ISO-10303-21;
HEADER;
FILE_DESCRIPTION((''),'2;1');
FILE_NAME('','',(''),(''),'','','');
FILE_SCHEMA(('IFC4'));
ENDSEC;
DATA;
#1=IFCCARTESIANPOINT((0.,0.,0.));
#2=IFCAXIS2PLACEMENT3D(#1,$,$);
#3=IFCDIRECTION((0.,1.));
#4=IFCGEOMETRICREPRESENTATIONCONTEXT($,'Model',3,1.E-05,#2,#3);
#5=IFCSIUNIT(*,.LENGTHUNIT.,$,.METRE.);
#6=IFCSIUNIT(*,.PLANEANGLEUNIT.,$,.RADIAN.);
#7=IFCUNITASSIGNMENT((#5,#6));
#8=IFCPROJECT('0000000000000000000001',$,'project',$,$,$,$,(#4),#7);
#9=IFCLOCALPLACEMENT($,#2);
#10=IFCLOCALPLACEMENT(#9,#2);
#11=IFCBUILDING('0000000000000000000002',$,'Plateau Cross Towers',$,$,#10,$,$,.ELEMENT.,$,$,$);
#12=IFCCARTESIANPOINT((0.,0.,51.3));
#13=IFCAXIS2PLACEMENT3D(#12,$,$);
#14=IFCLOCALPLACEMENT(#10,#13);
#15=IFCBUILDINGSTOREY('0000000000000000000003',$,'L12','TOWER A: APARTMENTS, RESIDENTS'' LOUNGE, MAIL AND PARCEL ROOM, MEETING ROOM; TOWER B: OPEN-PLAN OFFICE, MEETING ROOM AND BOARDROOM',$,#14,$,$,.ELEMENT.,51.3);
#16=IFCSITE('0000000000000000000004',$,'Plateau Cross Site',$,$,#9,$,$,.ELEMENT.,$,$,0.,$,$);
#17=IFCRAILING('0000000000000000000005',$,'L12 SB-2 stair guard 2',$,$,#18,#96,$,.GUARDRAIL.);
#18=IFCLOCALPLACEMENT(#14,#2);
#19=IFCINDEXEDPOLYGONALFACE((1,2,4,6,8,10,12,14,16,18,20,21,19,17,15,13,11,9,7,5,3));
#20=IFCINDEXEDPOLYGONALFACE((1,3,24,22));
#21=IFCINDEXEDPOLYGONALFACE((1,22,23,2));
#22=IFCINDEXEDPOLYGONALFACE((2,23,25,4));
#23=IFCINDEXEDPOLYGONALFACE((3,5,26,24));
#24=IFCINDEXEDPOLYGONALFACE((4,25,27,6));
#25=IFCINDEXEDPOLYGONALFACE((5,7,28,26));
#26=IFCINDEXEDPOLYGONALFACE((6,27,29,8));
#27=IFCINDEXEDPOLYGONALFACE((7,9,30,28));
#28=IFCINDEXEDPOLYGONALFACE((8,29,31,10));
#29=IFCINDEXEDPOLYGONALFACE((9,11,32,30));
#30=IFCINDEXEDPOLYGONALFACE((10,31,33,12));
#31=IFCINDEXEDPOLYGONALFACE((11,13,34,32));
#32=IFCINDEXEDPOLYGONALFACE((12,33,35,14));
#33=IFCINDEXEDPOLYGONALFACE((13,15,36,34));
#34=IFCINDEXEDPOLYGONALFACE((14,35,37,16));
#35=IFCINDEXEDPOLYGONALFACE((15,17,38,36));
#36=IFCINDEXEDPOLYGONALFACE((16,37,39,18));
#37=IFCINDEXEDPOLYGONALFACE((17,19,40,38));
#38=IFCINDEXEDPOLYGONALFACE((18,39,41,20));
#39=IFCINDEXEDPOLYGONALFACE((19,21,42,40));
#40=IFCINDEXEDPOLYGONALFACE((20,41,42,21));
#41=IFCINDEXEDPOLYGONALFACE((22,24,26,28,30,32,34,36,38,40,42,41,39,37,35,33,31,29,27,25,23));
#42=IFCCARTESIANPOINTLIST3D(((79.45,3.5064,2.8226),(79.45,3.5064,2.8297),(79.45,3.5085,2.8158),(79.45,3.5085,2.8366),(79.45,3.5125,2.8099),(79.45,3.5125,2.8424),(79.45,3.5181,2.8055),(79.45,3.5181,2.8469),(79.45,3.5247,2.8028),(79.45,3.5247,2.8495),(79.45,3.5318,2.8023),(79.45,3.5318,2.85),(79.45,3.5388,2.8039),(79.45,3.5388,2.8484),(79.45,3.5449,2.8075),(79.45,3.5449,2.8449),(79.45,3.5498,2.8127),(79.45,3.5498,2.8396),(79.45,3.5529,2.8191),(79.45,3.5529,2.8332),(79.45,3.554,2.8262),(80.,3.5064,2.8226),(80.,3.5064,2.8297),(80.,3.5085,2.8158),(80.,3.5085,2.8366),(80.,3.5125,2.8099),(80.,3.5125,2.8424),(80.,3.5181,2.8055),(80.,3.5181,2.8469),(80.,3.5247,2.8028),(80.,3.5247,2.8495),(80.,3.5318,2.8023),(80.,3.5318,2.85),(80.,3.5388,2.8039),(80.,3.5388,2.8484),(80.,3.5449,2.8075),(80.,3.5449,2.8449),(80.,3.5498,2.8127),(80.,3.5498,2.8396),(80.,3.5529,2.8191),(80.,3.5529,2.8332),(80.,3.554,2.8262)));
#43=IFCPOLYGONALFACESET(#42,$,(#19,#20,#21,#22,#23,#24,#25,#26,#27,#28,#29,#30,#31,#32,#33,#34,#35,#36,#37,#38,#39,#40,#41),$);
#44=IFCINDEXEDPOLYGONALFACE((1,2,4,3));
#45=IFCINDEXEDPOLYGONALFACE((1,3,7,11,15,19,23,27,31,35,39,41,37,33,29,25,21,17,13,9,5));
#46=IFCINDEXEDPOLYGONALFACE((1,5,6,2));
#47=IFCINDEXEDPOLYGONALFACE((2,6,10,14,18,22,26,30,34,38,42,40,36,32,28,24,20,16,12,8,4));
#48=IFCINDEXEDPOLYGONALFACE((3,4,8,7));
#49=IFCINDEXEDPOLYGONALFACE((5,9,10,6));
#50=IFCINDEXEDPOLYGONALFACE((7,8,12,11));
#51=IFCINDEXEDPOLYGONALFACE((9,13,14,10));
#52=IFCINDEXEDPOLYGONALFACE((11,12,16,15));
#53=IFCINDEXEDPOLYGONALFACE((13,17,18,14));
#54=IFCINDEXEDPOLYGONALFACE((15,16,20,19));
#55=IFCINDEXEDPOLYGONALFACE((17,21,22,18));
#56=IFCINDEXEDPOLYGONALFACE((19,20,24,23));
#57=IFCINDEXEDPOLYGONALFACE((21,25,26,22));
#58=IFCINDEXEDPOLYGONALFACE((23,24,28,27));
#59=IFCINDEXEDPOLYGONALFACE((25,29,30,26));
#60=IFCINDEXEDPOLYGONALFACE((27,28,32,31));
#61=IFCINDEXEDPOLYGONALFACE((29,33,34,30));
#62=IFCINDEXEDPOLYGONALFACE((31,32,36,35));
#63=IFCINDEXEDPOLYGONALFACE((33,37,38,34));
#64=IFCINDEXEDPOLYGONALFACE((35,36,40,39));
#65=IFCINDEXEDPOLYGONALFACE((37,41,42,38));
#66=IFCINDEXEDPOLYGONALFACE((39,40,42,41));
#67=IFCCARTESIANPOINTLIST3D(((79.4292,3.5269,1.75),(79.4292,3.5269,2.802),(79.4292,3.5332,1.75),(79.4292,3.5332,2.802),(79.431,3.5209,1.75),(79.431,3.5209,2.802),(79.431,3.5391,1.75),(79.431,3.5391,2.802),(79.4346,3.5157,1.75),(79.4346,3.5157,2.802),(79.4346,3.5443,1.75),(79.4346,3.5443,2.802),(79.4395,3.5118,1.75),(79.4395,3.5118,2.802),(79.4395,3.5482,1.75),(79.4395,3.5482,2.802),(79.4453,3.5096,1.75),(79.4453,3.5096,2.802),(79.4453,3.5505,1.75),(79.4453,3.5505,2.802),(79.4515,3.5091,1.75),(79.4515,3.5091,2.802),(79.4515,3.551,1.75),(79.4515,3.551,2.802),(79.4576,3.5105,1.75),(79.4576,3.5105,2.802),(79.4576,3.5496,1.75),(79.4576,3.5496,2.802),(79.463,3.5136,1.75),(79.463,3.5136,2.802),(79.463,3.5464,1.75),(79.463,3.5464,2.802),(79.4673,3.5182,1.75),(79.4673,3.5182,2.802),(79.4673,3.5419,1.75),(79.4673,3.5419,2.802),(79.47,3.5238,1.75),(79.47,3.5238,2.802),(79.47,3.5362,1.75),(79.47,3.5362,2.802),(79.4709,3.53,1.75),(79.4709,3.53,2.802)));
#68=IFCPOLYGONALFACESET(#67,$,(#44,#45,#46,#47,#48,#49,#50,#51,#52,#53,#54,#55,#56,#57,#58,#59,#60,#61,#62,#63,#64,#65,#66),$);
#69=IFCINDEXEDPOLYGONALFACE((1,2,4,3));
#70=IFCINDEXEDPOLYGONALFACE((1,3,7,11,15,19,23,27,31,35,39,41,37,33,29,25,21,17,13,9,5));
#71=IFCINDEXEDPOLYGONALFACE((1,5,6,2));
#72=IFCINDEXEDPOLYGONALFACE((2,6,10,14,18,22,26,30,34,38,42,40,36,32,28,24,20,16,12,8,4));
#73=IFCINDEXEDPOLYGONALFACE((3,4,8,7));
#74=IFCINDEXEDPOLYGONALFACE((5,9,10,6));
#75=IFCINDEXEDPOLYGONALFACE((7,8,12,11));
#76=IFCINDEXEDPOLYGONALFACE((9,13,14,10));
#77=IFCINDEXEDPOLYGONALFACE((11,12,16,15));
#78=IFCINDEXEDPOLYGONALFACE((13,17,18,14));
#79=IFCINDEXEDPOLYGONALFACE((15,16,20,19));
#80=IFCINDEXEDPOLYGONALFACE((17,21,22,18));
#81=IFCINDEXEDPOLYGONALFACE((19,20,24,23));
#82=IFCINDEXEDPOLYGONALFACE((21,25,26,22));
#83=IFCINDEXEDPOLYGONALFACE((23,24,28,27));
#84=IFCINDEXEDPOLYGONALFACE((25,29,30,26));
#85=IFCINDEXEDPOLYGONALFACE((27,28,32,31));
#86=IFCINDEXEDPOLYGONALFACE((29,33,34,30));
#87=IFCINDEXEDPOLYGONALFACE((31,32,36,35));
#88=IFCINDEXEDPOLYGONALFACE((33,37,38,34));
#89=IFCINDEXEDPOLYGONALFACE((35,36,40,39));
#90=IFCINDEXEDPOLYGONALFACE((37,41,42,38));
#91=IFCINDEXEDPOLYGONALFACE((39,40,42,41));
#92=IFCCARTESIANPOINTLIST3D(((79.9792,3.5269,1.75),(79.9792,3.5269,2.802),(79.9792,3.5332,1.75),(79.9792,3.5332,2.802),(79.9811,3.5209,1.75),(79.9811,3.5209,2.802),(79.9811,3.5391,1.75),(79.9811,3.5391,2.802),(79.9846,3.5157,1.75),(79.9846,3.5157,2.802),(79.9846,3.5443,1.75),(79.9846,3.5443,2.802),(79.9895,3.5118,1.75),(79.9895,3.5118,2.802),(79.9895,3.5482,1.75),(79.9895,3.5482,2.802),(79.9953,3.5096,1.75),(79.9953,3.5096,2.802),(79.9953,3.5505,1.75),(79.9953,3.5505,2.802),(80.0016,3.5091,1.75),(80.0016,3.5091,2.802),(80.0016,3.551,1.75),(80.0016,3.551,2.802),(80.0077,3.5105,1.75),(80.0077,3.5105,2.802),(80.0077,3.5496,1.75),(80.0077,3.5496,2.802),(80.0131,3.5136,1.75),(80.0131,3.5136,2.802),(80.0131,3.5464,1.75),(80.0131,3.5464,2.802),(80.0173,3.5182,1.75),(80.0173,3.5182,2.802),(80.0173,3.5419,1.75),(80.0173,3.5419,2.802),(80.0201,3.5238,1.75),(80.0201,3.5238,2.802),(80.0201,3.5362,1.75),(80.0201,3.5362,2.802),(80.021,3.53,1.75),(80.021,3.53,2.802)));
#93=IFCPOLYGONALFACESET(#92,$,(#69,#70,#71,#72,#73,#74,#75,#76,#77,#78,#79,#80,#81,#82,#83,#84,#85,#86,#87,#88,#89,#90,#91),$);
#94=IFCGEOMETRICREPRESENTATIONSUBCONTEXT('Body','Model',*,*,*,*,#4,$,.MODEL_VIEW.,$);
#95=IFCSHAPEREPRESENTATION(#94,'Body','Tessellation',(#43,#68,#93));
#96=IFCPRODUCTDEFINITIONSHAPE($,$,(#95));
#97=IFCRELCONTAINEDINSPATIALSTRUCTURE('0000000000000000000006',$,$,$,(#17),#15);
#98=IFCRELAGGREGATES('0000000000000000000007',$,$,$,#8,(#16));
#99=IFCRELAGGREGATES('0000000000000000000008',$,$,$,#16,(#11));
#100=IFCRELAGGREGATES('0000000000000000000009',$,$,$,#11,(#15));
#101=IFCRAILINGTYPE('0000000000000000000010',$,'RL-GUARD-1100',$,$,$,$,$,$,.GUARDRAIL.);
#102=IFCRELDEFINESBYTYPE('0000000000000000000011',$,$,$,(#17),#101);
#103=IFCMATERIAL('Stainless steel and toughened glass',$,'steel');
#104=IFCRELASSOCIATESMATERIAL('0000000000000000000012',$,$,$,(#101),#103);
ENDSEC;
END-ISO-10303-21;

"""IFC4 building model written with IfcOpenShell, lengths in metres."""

from ifc_helpers import new_model, si_unit, direction, frame, origin, origin_2d, place, context, subcontext, project, spatial, circle, extrude, material, type_object, element, save


model = new_model("IFC4")

# Units and contexts
model_context = context("Model", 3, precision=1e-05, world=origin(), true_north=direction((0.0, 1.0)))
body_context = subcontext(model_context, "Body", "Model", "MODEL_VIEW")
ifc_project = project(units=[si_unit("LENGTHUNIT", "METRE"), si_unit("PLANEANGLEUNIT", "RADIAN")], contexts=[model_context])

# Site, building, storey
site_placement = place(None, origin())
site = spatial("IfcSite", under=ifc_project, at=site_placement, Name="Plateau Cross Site", CompositionType="ELEMENT", RefElevation=0.0)
building_placement = place(site_placement, origin())
building = spatial("IfcBuilding", under=site, at=building_placement, Name="Plateau Cross Towers", CompositionType="ELEMENT")
storey_placement = place(building_placement, frame((0.0, 0.0, 51.3)))
storey = spatial("IfcBuildingStorey", under=building, at=storey_placement, Name="L12", Description="TOWER A: APARTMENTS, RESIDENTS' LOUNGE, MAIL AND PARCEL ROOM, MEETING ROOM; TOWER B: OPEN-PLAN OFFICE, MEETING ROOM AND BOARDROOM", CompositionType="ELEMENT", Elevation=51.3)

# Railing
ifc_material_1 = material(Name="Stainless steel and toughened glass", Category="steel")
railing_type_1 = type_object("IfcRailingType", Name="RL-GUARD-1100", PredefinedType="GUARDRAIL", material=ifc_material_1)
railing_1_placement = place(storey_placement, frame((79.45, 3.53, 1.75)))
element("IfcRailing", 1, at=railing_1_placement, inside=storey, type_object=railing_type_1, Name="L12 SB-2 stair guard 2", PredefinedType="GUARDRAIL", context=body_context, shape_type="SweptSolid", body=[
    extrude(circle(Radius=0.0239, at=origin_2d()), frame((0.0, 0.0, 1.0762), z_axis=(1.0, 0.0, 0.0), x_axis=(0.0, 1.0, 0.0)), (0.0, 0.0, 1.0), 0.55),
    extrude(circle(Radius=0.021, at=origin_2d()), origin(), (0.0, 0.0, 1.0), 1.052),
    extrude(circle(Radius=0.021, at=origin_2d()), frame((0.55, 0.0, 0.0)), (0.0, 0.0, 1.0), 1.052),
])

save(model, "model.ifc")
